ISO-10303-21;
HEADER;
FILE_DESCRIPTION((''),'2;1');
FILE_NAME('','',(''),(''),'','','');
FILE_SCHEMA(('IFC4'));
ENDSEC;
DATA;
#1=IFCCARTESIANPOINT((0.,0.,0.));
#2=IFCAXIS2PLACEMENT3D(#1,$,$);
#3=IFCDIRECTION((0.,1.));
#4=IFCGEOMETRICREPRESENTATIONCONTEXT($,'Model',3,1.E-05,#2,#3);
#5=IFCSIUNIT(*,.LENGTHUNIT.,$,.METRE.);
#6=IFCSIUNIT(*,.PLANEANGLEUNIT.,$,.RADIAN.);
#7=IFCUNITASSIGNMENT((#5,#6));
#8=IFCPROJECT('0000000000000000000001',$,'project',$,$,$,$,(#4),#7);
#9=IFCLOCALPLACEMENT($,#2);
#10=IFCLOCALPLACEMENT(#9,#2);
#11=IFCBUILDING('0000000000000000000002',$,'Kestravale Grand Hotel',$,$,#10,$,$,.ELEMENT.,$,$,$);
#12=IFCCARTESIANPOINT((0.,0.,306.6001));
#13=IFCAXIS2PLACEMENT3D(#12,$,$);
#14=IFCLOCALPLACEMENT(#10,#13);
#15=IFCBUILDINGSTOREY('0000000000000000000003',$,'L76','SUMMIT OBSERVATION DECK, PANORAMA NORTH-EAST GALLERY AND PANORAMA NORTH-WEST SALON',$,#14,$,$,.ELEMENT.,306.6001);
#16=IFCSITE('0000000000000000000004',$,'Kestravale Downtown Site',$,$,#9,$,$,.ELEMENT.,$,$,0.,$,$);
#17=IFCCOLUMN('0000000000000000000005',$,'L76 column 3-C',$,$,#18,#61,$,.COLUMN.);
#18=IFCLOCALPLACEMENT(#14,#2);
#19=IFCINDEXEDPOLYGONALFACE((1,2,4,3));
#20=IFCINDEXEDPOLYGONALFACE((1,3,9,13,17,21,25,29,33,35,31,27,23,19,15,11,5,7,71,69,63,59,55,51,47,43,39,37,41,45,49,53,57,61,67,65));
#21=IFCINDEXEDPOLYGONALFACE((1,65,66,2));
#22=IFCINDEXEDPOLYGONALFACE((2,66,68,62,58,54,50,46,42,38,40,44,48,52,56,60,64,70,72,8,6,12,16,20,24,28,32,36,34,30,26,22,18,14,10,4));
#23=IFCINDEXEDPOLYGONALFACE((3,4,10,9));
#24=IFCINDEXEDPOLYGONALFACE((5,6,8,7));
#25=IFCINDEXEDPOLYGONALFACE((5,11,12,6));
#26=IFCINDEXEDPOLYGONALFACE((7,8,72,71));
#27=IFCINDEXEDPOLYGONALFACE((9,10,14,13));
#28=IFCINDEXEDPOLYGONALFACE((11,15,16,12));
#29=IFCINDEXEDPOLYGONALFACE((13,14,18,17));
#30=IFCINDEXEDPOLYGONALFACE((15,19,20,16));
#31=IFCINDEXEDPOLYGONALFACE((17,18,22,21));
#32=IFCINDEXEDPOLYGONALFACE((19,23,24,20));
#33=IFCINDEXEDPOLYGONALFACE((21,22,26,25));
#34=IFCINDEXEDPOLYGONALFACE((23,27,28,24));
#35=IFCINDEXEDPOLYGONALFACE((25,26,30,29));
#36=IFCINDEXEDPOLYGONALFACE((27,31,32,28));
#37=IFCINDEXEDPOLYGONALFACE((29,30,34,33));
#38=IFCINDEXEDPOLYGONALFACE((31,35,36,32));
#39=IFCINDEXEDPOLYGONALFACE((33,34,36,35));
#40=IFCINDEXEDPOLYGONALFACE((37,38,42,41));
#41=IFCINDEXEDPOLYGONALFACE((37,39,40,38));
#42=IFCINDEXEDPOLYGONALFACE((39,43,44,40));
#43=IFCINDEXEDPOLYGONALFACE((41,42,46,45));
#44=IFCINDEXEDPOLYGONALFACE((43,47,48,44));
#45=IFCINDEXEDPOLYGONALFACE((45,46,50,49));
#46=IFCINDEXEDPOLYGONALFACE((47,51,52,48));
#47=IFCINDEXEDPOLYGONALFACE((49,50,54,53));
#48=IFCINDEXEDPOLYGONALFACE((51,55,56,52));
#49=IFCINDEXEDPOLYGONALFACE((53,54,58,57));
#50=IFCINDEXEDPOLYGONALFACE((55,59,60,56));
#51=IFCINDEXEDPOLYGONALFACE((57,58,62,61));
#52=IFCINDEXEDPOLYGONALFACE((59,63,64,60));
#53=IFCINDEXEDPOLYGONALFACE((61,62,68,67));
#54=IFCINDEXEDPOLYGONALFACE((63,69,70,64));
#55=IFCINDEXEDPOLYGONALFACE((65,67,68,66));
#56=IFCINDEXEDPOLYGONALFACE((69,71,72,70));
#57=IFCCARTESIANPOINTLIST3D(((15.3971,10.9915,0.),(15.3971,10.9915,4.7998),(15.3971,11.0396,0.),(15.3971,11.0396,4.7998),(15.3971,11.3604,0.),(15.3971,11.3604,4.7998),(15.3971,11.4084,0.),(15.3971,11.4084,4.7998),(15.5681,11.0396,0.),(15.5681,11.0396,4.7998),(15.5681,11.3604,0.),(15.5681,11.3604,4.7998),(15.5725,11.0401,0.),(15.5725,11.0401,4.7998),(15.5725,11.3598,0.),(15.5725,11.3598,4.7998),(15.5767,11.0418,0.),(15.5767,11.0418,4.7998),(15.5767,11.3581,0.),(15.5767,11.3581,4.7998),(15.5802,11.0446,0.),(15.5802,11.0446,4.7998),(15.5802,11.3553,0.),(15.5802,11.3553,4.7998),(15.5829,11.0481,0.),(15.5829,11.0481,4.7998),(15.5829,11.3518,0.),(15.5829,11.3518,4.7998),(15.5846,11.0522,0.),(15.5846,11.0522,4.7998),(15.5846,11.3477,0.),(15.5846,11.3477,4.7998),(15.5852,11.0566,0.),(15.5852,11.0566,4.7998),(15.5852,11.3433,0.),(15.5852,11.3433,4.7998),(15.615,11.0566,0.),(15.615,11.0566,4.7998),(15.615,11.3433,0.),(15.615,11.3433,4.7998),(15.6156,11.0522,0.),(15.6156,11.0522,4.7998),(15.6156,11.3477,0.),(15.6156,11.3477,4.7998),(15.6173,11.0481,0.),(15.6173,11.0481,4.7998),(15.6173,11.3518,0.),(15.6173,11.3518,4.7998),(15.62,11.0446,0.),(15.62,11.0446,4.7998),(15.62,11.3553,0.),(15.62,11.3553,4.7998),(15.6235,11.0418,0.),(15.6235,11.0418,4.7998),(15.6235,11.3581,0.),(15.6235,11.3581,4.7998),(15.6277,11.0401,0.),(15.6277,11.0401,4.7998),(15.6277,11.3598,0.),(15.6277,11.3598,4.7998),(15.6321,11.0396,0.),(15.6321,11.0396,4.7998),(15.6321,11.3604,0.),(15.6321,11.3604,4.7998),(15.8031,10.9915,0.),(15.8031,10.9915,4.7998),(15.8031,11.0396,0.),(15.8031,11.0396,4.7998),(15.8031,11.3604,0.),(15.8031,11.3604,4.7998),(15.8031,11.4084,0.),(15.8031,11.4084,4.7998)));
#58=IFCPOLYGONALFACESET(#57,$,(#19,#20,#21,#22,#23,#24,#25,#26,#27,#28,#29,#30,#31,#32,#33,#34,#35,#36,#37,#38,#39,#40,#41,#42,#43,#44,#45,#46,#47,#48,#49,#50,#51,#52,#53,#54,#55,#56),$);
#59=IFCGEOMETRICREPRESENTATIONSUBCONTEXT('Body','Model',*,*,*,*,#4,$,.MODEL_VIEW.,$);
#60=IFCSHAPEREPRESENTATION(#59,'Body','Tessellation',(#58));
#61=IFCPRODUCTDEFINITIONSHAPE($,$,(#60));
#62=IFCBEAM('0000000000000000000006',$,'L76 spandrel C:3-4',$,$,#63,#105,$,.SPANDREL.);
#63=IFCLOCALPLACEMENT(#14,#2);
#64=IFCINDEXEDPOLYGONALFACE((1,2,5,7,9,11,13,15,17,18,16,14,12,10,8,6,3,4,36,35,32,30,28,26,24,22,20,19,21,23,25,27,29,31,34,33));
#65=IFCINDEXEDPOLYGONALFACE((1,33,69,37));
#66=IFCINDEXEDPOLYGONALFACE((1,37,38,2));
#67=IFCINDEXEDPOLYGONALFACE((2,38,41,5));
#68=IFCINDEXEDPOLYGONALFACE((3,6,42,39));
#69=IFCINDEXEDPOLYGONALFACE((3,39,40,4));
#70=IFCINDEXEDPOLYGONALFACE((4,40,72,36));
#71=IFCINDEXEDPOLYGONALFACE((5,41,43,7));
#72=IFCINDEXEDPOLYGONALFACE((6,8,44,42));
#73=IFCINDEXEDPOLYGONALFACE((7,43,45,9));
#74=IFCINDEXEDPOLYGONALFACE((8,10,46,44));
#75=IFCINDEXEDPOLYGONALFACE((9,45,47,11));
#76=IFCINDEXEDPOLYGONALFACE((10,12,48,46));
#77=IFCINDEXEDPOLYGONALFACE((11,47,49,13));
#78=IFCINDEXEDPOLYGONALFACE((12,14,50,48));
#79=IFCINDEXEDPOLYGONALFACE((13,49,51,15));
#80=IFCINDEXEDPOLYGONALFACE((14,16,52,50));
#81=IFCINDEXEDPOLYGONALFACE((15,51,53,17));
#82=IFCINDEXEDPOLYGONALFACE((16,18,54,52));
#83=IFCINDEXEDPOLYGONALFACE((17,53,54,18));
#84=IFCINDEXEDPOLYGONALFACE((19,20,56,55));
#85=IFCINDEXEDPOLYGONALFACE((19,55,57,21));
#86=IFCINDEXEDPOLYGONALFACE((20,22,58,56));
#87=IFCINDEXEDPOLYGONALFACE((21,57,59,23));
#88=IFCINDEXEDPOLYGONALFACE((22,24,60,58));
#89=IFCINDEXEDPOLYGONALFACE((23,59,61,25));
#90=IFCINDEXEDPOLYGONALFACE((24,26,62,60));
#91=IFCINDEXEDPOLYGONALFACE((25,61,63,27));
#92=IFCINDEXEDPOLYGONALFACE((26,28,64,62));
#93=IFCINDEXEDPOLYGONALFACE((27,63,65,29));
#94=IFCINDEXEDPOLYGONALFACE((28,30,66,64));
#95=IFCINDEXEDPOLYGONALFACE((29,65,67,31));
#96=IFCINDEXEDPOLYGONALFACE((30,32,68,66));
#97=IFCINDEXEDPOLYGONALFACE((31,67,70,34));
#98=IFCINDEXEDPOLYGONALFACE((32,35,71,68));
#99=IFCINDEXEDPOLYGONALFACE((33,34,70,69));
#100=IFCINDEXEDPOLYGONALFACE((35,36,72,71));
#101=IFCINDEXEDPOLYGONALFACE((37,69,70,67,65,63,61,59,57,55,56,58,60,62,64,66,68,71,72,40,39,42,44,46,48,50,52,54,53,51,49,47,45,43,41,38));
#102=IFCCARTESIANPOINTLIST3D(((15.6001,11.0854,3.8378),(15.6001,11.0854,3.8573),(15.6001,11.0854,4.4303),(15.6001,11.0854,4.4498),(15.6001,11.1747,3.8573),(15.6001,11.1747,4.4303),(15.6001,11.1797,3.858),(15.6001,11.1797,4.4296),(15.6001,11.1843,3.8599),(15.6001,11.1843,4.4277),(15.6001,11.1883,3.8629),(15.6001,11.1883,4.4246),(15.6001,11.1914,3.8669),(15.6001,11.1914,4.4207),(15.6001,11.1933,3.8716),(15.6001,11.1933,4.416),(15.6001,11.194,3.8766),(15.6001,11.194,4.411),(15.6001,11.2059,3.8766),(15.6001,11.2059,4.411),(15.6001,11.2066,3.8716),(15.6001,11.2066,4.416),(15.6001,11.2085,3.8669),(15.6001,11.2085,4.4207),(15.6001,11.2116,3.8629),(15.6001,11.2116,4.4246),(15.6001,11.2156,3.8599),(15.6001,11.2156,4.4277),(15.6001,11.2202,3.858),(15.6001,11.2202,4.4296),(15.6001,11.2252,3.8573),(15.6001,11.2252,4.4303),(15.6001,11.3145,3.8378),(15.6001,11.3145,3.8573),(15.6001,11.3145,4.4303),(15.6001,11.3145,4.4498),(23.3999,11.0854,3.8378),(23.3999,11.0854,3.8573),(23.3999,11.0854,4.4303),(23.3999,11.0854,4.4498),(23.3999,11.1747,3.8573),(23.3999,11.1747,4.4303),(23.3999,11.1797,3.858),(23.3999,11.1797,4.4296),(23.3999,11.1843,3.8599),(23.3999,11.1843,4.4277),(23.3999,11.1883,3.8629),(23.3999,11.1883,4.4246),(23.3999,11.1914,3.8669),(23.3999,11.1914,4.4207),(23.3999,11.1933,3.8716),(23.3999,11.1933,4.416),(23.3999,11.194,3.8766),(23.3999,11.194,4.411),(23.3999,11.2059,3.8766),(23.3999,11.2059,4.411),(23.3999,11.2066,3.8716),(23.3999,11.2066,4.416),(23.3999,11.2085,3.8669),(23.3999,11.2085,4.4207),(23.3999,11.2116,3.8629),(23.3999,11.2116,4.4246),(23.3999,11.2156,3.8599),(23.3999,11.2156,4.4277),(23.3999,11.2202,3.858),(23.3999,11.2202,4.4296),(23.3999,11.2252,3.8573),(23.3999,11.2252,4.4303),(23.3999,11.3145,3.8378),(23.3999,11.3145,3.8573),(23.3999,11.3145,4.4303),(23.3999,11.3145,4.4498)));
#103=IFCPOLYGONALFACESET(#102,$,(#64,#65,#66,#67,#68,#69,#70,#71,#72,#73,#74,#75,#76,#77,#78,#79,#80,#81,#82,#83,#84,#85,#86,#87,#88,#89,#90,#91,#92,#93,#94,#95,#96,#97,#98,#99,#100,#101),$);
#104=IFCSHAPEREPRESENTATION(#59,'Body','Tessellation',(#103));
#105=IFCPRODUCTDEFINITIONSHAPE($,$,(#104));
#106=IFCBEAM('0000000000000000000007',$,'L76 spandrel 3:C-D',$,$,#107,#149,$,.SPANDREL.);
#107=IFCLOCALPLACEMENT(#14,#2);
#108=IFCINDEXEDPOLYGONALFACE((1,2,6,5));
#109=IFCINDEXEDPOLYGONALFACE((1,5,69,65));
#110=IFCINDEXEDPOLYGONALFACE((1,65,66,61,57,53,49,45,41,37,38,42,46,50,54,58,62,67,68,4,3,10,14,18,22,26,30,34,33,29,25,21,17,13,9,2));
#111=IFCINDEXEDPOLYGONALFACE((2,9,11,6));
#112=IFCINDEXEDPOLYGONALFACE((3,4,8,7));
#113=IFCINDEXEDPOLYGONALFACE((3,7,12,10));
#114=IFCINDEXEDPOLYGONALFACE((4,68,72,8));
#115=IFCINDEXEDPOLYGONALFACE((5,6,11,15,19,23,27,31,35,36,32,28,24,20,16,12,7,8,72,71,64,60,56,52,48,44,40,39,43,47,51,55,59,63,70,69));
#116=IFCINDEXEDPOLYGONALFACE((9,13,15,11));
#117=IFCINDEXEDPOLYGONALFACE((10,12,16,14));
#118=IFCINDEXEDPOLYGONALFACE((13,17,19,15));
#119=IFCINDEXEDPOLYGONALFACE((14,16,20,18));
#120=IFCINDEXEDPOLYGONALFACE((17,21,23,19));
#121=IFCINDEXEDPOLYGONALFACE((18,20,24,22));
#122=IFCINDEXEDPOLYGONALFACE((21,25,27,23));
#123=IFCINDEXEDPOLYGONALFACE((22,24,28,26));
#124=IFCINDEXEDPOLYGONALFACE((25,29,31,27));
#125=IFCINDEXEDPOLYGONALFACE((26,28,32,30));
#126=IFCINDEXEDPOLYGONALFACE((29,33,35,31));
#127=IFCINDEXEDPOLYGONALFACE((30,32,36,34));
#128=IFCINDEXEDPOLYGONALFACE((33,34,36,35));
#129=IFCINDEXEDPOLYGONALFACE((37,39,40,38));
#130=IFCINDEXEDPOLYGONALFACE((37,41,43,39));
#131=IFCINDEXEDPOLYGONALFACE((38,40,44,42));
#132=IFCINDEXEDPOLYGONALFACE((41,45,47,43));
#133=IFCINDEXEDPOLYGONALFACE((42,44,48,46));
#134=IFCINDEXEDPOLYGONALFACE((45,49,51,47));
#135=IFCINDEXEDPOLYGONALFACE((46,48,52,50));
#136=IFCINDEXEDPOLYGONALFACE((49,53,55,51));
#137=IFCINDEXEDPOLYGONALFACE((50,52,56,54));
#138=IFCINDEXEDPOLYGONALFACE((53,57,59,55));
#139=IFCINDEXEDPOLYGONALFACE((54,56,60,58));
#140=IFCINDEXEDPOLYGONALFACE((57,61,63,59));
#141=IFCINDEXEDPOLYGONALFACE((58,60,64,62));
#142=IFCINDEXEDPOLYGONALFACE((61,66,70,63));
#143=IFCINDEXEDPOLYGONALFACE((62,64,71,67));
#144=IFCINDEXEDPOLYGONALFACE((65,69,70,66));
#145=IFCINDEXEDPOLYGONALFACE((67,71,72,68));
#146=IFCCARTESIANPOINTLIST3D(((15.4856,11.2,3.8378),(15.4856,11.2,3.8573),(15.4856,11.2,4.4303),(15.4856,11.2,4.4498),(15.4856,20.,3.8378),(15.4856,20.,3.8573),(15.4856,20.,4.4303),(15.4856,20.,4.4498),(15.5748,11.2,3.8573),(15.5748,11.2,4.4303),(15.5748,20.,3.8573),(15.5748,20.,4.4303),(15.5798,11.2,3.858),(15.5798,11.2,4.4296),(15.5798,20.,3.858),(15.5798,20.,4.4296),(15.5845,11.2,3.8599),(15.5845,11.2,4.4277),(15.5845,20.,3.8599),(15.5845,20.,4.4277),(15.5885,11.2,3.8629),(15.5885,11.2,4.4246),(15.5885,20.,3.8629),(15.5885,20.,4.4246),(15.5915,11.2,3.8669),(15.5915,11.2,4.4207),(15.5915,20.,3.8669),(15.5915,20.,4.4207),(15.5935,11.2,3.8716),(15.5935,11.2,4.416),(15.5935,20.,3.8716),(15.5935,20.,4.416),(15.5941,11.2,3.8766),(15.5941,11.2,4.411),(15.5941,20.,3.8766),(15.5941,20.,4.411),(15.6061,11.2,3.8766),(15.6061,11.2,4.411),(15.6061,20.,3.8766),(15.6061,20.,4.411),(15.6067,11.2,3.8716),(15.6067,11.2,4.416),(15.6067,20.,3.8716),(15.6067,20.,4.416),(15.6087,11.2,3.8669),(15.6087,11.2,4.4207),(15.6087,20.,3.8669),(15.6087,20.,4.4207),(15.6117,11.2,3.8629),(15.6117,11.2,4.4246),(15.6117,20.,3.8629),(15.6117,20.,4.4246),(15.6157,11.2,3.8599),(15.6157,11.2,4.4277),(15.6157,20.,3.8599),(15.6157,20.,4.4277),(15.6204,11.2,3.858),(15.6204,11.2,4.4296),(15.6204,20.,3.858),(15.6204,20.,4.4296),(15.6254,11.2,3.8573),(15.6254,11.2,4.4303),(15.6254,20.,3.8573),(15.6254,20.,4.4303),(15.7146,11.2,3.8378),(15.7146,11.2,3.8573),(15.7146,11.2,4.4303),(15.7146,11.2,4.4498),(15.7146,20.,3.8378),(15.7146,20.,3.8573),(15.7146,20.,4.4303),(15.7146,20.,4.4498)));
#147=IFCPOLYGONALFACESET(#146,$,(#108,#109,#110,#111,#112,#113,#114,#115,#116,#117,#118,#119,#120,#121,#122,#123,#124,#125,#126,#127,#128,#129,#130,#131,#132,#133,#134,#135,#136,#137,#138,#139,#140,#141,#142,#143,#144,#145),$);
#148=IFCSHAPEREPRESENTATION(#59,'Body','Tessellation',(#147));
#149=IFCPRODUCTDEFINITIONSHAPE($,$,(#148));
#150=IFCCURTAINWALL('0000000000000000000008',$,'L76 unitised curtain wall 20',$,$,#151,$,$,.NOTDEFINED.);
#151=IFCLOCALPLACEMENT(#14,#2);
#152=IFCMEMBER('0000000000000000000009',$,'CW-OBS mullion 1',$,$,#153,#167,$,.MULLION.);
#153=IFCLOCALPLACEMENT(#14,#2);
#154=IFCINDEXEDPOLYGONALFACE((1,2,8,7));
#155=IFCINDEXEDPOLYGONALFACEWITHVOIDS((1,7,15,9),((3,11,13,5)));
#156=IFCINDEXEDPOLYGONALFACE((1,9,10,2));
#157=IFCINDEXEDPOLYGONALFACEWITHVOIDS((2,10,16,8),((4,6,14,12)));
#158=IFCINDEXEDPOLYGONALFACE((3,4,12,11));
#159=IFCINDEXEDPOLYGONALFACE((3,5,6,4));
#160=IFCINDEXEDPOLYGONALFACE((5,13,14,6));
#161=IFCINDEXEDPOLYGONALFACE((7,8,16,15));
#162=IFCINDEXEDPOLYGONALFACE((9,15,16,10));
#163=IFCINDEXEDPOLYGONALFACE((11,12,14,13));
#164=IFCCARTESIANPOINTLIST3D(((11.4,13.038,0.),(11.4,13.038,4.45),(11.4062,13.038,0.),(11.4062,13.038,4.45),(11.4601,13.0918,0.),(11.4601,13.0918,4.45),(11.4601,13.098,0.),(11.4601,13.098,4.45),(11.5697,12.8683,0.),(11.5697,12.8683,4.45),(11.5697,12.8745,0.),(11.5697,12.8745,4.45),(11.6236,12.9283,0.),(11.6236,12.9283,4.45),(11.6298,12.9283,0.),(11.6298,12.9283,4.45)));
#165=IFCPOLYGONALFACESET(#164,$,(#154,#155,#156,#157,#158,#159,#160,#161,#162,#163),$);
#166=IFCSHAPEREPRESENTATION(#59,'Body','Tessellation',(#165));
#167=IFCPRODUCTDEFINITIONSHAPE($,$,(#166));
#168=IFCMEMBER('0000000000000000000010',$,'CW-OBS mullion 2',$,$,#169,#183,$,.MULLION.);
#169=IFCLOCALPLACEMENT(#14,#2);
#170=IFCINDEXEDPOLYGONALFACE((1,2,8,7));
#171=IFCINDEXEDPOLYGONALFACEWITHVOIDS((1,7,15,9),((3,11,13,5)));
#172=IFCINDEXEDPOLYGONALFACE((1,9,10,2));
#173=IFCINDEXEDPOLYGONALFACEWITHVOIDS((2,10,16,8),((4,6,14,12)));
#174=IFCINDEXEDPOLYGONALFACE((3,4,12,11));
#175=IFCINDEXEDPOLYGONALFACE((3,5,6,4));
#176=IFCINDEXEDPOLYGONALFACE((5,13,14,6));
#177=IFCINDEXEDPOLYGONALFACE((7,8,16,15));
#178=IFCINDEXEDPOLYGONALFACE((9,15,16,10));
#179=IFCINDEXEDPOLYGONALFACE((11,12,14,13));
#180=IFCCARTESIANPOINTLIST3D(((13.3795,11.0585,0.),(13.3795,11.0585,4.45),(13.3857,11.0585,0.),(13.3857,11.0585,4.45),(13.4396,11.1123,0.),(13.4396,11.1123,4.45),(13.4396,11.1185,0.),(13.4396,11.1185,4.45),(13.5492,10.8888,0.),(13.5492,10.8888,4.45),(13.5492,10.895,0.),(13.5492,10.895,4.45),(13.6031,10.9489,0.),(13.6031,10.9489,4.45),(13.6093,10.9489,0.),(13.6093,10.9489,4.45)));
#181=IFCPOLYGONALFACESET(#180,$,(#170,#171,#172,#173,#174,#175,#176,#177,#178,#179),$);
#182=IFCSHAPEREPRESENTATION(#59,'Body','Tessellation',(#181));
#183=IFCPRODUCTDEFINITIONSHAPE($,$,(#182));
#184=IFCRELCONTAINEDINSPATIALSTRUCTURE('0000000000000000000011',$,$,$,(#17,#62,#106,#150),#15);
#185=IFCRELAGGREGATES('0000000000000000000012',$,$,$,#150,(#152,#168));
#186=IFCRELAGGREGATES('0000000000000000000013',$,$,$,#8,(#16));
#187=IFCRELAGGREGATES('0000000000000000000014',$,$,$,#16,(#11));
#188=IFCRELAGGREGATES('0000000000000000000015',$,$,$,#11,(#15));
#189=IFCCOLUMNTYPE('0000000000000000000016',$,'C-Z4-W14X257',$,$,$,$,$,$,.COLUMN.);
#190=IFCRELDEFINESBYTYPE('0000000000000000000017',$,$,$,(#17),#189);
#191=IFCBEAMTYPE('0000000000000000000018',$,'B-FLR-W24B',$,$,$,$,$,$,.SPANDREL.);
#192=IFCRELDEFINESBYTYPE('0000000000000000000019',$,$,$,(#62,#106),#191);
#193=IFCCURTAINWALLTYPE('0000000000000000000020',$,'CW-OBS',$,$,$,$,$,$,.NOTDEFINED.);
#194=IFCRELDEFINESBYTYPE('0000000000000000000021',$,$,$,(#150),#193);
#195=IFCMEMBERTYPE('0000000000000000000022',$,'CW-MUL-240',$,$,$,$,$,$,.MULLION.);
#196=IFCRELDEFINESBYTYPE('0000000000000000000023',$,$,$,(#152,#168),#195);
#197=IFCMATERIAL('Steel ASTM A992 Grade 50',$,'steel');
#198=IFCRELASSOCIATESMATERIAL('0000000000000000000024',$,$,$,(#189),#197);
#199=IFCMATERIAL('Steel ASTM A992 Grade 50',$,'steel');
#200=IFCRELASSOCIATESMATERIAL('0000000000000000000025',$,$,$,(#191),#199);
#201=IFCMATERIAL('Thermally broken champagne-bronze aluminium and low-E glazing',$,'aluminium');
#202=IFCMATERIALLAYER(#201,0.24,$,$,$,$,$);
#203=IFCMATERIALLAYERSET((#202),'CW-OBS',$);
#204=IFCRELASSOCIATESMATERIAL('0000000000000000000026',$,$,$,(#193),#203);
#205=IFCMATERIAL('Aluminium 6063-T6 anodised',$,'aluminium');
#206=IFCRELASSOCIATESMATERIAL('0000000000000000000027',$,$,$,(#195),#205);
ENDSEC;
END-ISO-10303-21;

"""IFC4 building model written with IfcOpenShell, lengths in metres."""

from ifc_helpers import new_model, si_unit, direction, frame, origin, origin_2d, place, context, subcontext, project, spatial, hollow_rectangle, i_section, extrude, material, layer, layer_set, material_profile, profile_set, type_object, element, aggregate, save


model = new_model("IFC4")

# Units and contexts
model_context = context("Model", 3, precision=1e-05, world=origin(), true_north=direction((0.0, 1.0)))
body_context = subcontext(model_context, "Body", "Model", "MODEL_VIEW")
ifc_project = project(units=[si_unit("LENGTHUNIT", "METRE"), si_unit("PLANEANGLEUNIT", "RADIAN")], contexts=[model_context])

# Site, building, storey
site_placement = place(None, origin())
site = spatial("IfcSite", under=ifc_project, at=site_placement, Name="Kestravale Downtown Site", CompositionType="ELEMENT", RefElevation=0.0)
building_placement = place(site_placement, origin())
building = spatial("IfcBuilding", under=site, at=building_placement, Name="Kestravale Grand Hotel", CompositionType="ELEMENT")
storey_placement = place(building_placement, frame((0.0, 0.0, 306.6001)))
storey = spatial("IfcBuildingStorey", under=building, at=storey_placement, Name="L76", Description="SUMMIT OBSERVATION DECK, PANORAMA NORTH-EAST GALLERY AND PANORAMA NORTH-WEST SALON", CompositionType="ELEMENT", Elevation=306.6001)

# Column
ifc_material_1 = material(Name="Steel ASTM A992 Grade 50", Category="steel")
ifc_material_profile_1 = material_profile(ifc_material_1, i_section(OverallWidth=0.406, OverallDepth=0.417, WebThickness=0.0298, FlangeThickness=0.0481, FilletRadius=0.0171, at=origin_2d()))
ifc_profile_set_1 = profile_set([ifc_material_profile_1], Name="Steel ASTM A992 Grade 50")
column_type = type_object("IfcColumnType", Name="C-Z4-W14X257", PredefinedType="COLUMN", material=ifc_profile_set_1)
column_placement = place(storey_placement, frame((15.6001, 11.2, 0.0), z_axis=(0.0, 0.0, 1.0), x_axis=(1.0, 0.0, 0.0)))
element("IfcColumn", 1, at=column_placement, inside=storey, type_object=column_type, Name="L76 column 3-C", PredefinedType="COLUMN", context=body_context, shape_type="SweptSolid", body=[
    extrude(i_section(OverallWidth=0.406, OverallDepth=0.417, WebThickness=0.0298, FlangeThickness=0.0481, FilletRadius=0.0171, at=origin_2d()), origin(), (0.0, 0.0, 1.0), 4.7998),
])

# Beams
ifc_material_2 = material(Name="Steel ASTM A992 Grade 50", Category="steel")
ifc_material_profile_2 = material_profile(ifc_material_2, i_section(OverallWidth=0.229, OverallDepth=0.6121, WebThickness=0.012, FlangeThickness=0.0195, FilletRadius=0.0193, at=origin_2d()))
ifc_profile_set_2 = profile_set([ifc_material_profile_2], Name="Steel ASTM A992 Grade 50")
beam_type = type_object("IfcBeamType", Name="B-FLR-W24B", PredefinedType="SPANDREL", material=ifc_profile_set_2)
beam_1_placement = place(storey_placement, frame((15.6001, 11.2, 4.1438), z_axis=(1.0, 0.0, 0.0), x_axis=(0.0, 1.0, 0.0)))
element("IfcBeam", 2, at=beam_1_placement, inside=storey, type_object=beam_type, Name="L76 spandrel C:3-4", PredefinedType="SPANDREL", context=body_context, shape_type="SweptSolid", body=[
    extrude(i_section(OverallWidth=0.229, OverallDepth=0.6121, WebThickness=0.012, FlangeThickness=0.0195, FilletRadius=0.0193, at=origin_2d()), origin(), (0.0, 0.0, 1.0), 7.7998),
])
beam_2_placement = place(storey_placement, frame((15.6001, 11.2, 4.1438), z_axis=(0.0, 1.0, 0.0), x_axis=(-1.0, 0.0, 0.0)))
element("IfcBeam", 3, at=beam_2_placement, inside=storey, type_object=beam_type, Name="L76 spandrel 3:C-D", PredefinedType="SPANDREL", context=body_context, shape_type="SweptSolid", body=[
    extrude(i_section(OverallWidth=0.229, OverallDepth=0.6121, WebThickness=0.012, FlangeThickness=0.0195, FilletRadius=0.0193, at=origin_2d()), origin(), (0.0, 0.0, 1.0), 8.8),
])

# Curtain wall, members
ifc_material_3 = material(Name="Thermally broken champagne-bronze aluminium and low-E glazing", Category="aluminium")
ifc_layer_1 = layer(ifc_material_3, 0.24)
ifc_layer_set_1 = layer_set([ifc_layer_1], Name="CW-OBS")
curtain_wall_type = type_object("IfcCurtainWallType", Name="CW-OBS", PredefinedType="NOTDEFINED", material=ifc_layer_set_1)
curtain_wall_placement = place(storey_placement, origin())
curtain_wall = element("IfcCurtainWall", 4, at=curtain_wall_placement, inside=storey, type_object=curtain_wall_type, Name="L76 unitised curtain wall 20", PredefinedType="NOTDEFINED")
ifc_material_4 = material(Name="Aluminium 6063-T6 anodised", Category="aluminium")
ifc_material_profile_3 = material_profile(ifc_material_4, hollow_rectangle(XDim=0.085, YDim=0.24, WallThickness=0.0044, at=origin_2d()))
ifc_profile_set_3 = profile_set([ifc_material_profile_3], Name="Aluminium 6063-T6 anodised")
member_type_1 = type_object("IfcMemberType", Name="CW-MUL-240", PredefinedType="MULLION", material=ifc_profile_set_3)
member_1_placement = place(storey_placement, frame((11.5149, 12.9832, 0.0), z_axis=(0.0, 0.0, 1.0), x_axis=(0.707107, 0.707107, 0.0)))
member_1 = element("IfcMember", 5, at=member_1_placement, type_object=member_type_1, Name="CW-OBS mullion 1", PredefinedType="MULLION", context=body_context, shape_type="SweptSolid", body=[
    extrude(hollow_rectangle(XDim=0.085, YDim=0.24, WallThickness=0.0044, at=origin_2d()), origin(), (0.0, 0.0, 1.0), 4.45),
])
member_2_placement = place(storey_placement, frame((13.4944, 11.0037, 0.0), z_axis=(0.0, 0.0, 1.0), x_axis=(0.707107, 0.707107, 0.0)))
member_2 = element("IfcMember", 6, at=member_2_placement, type_object=member_type_1, Name="CW-OBS mullion 2", PredefinedType="MULLION", context=body_context, shape_type="SweptSolid", body=[
    extrude(hollow_rectangle(XDim=0.085, YDim=0.24, WallThickness=0.0044, at=origin_2d()), origin(), (0.0, 0.0, 1.0), 4.45),
])
aggregate(curtain_wall, [member_1, member_2])

save(model, "model.ifc")
